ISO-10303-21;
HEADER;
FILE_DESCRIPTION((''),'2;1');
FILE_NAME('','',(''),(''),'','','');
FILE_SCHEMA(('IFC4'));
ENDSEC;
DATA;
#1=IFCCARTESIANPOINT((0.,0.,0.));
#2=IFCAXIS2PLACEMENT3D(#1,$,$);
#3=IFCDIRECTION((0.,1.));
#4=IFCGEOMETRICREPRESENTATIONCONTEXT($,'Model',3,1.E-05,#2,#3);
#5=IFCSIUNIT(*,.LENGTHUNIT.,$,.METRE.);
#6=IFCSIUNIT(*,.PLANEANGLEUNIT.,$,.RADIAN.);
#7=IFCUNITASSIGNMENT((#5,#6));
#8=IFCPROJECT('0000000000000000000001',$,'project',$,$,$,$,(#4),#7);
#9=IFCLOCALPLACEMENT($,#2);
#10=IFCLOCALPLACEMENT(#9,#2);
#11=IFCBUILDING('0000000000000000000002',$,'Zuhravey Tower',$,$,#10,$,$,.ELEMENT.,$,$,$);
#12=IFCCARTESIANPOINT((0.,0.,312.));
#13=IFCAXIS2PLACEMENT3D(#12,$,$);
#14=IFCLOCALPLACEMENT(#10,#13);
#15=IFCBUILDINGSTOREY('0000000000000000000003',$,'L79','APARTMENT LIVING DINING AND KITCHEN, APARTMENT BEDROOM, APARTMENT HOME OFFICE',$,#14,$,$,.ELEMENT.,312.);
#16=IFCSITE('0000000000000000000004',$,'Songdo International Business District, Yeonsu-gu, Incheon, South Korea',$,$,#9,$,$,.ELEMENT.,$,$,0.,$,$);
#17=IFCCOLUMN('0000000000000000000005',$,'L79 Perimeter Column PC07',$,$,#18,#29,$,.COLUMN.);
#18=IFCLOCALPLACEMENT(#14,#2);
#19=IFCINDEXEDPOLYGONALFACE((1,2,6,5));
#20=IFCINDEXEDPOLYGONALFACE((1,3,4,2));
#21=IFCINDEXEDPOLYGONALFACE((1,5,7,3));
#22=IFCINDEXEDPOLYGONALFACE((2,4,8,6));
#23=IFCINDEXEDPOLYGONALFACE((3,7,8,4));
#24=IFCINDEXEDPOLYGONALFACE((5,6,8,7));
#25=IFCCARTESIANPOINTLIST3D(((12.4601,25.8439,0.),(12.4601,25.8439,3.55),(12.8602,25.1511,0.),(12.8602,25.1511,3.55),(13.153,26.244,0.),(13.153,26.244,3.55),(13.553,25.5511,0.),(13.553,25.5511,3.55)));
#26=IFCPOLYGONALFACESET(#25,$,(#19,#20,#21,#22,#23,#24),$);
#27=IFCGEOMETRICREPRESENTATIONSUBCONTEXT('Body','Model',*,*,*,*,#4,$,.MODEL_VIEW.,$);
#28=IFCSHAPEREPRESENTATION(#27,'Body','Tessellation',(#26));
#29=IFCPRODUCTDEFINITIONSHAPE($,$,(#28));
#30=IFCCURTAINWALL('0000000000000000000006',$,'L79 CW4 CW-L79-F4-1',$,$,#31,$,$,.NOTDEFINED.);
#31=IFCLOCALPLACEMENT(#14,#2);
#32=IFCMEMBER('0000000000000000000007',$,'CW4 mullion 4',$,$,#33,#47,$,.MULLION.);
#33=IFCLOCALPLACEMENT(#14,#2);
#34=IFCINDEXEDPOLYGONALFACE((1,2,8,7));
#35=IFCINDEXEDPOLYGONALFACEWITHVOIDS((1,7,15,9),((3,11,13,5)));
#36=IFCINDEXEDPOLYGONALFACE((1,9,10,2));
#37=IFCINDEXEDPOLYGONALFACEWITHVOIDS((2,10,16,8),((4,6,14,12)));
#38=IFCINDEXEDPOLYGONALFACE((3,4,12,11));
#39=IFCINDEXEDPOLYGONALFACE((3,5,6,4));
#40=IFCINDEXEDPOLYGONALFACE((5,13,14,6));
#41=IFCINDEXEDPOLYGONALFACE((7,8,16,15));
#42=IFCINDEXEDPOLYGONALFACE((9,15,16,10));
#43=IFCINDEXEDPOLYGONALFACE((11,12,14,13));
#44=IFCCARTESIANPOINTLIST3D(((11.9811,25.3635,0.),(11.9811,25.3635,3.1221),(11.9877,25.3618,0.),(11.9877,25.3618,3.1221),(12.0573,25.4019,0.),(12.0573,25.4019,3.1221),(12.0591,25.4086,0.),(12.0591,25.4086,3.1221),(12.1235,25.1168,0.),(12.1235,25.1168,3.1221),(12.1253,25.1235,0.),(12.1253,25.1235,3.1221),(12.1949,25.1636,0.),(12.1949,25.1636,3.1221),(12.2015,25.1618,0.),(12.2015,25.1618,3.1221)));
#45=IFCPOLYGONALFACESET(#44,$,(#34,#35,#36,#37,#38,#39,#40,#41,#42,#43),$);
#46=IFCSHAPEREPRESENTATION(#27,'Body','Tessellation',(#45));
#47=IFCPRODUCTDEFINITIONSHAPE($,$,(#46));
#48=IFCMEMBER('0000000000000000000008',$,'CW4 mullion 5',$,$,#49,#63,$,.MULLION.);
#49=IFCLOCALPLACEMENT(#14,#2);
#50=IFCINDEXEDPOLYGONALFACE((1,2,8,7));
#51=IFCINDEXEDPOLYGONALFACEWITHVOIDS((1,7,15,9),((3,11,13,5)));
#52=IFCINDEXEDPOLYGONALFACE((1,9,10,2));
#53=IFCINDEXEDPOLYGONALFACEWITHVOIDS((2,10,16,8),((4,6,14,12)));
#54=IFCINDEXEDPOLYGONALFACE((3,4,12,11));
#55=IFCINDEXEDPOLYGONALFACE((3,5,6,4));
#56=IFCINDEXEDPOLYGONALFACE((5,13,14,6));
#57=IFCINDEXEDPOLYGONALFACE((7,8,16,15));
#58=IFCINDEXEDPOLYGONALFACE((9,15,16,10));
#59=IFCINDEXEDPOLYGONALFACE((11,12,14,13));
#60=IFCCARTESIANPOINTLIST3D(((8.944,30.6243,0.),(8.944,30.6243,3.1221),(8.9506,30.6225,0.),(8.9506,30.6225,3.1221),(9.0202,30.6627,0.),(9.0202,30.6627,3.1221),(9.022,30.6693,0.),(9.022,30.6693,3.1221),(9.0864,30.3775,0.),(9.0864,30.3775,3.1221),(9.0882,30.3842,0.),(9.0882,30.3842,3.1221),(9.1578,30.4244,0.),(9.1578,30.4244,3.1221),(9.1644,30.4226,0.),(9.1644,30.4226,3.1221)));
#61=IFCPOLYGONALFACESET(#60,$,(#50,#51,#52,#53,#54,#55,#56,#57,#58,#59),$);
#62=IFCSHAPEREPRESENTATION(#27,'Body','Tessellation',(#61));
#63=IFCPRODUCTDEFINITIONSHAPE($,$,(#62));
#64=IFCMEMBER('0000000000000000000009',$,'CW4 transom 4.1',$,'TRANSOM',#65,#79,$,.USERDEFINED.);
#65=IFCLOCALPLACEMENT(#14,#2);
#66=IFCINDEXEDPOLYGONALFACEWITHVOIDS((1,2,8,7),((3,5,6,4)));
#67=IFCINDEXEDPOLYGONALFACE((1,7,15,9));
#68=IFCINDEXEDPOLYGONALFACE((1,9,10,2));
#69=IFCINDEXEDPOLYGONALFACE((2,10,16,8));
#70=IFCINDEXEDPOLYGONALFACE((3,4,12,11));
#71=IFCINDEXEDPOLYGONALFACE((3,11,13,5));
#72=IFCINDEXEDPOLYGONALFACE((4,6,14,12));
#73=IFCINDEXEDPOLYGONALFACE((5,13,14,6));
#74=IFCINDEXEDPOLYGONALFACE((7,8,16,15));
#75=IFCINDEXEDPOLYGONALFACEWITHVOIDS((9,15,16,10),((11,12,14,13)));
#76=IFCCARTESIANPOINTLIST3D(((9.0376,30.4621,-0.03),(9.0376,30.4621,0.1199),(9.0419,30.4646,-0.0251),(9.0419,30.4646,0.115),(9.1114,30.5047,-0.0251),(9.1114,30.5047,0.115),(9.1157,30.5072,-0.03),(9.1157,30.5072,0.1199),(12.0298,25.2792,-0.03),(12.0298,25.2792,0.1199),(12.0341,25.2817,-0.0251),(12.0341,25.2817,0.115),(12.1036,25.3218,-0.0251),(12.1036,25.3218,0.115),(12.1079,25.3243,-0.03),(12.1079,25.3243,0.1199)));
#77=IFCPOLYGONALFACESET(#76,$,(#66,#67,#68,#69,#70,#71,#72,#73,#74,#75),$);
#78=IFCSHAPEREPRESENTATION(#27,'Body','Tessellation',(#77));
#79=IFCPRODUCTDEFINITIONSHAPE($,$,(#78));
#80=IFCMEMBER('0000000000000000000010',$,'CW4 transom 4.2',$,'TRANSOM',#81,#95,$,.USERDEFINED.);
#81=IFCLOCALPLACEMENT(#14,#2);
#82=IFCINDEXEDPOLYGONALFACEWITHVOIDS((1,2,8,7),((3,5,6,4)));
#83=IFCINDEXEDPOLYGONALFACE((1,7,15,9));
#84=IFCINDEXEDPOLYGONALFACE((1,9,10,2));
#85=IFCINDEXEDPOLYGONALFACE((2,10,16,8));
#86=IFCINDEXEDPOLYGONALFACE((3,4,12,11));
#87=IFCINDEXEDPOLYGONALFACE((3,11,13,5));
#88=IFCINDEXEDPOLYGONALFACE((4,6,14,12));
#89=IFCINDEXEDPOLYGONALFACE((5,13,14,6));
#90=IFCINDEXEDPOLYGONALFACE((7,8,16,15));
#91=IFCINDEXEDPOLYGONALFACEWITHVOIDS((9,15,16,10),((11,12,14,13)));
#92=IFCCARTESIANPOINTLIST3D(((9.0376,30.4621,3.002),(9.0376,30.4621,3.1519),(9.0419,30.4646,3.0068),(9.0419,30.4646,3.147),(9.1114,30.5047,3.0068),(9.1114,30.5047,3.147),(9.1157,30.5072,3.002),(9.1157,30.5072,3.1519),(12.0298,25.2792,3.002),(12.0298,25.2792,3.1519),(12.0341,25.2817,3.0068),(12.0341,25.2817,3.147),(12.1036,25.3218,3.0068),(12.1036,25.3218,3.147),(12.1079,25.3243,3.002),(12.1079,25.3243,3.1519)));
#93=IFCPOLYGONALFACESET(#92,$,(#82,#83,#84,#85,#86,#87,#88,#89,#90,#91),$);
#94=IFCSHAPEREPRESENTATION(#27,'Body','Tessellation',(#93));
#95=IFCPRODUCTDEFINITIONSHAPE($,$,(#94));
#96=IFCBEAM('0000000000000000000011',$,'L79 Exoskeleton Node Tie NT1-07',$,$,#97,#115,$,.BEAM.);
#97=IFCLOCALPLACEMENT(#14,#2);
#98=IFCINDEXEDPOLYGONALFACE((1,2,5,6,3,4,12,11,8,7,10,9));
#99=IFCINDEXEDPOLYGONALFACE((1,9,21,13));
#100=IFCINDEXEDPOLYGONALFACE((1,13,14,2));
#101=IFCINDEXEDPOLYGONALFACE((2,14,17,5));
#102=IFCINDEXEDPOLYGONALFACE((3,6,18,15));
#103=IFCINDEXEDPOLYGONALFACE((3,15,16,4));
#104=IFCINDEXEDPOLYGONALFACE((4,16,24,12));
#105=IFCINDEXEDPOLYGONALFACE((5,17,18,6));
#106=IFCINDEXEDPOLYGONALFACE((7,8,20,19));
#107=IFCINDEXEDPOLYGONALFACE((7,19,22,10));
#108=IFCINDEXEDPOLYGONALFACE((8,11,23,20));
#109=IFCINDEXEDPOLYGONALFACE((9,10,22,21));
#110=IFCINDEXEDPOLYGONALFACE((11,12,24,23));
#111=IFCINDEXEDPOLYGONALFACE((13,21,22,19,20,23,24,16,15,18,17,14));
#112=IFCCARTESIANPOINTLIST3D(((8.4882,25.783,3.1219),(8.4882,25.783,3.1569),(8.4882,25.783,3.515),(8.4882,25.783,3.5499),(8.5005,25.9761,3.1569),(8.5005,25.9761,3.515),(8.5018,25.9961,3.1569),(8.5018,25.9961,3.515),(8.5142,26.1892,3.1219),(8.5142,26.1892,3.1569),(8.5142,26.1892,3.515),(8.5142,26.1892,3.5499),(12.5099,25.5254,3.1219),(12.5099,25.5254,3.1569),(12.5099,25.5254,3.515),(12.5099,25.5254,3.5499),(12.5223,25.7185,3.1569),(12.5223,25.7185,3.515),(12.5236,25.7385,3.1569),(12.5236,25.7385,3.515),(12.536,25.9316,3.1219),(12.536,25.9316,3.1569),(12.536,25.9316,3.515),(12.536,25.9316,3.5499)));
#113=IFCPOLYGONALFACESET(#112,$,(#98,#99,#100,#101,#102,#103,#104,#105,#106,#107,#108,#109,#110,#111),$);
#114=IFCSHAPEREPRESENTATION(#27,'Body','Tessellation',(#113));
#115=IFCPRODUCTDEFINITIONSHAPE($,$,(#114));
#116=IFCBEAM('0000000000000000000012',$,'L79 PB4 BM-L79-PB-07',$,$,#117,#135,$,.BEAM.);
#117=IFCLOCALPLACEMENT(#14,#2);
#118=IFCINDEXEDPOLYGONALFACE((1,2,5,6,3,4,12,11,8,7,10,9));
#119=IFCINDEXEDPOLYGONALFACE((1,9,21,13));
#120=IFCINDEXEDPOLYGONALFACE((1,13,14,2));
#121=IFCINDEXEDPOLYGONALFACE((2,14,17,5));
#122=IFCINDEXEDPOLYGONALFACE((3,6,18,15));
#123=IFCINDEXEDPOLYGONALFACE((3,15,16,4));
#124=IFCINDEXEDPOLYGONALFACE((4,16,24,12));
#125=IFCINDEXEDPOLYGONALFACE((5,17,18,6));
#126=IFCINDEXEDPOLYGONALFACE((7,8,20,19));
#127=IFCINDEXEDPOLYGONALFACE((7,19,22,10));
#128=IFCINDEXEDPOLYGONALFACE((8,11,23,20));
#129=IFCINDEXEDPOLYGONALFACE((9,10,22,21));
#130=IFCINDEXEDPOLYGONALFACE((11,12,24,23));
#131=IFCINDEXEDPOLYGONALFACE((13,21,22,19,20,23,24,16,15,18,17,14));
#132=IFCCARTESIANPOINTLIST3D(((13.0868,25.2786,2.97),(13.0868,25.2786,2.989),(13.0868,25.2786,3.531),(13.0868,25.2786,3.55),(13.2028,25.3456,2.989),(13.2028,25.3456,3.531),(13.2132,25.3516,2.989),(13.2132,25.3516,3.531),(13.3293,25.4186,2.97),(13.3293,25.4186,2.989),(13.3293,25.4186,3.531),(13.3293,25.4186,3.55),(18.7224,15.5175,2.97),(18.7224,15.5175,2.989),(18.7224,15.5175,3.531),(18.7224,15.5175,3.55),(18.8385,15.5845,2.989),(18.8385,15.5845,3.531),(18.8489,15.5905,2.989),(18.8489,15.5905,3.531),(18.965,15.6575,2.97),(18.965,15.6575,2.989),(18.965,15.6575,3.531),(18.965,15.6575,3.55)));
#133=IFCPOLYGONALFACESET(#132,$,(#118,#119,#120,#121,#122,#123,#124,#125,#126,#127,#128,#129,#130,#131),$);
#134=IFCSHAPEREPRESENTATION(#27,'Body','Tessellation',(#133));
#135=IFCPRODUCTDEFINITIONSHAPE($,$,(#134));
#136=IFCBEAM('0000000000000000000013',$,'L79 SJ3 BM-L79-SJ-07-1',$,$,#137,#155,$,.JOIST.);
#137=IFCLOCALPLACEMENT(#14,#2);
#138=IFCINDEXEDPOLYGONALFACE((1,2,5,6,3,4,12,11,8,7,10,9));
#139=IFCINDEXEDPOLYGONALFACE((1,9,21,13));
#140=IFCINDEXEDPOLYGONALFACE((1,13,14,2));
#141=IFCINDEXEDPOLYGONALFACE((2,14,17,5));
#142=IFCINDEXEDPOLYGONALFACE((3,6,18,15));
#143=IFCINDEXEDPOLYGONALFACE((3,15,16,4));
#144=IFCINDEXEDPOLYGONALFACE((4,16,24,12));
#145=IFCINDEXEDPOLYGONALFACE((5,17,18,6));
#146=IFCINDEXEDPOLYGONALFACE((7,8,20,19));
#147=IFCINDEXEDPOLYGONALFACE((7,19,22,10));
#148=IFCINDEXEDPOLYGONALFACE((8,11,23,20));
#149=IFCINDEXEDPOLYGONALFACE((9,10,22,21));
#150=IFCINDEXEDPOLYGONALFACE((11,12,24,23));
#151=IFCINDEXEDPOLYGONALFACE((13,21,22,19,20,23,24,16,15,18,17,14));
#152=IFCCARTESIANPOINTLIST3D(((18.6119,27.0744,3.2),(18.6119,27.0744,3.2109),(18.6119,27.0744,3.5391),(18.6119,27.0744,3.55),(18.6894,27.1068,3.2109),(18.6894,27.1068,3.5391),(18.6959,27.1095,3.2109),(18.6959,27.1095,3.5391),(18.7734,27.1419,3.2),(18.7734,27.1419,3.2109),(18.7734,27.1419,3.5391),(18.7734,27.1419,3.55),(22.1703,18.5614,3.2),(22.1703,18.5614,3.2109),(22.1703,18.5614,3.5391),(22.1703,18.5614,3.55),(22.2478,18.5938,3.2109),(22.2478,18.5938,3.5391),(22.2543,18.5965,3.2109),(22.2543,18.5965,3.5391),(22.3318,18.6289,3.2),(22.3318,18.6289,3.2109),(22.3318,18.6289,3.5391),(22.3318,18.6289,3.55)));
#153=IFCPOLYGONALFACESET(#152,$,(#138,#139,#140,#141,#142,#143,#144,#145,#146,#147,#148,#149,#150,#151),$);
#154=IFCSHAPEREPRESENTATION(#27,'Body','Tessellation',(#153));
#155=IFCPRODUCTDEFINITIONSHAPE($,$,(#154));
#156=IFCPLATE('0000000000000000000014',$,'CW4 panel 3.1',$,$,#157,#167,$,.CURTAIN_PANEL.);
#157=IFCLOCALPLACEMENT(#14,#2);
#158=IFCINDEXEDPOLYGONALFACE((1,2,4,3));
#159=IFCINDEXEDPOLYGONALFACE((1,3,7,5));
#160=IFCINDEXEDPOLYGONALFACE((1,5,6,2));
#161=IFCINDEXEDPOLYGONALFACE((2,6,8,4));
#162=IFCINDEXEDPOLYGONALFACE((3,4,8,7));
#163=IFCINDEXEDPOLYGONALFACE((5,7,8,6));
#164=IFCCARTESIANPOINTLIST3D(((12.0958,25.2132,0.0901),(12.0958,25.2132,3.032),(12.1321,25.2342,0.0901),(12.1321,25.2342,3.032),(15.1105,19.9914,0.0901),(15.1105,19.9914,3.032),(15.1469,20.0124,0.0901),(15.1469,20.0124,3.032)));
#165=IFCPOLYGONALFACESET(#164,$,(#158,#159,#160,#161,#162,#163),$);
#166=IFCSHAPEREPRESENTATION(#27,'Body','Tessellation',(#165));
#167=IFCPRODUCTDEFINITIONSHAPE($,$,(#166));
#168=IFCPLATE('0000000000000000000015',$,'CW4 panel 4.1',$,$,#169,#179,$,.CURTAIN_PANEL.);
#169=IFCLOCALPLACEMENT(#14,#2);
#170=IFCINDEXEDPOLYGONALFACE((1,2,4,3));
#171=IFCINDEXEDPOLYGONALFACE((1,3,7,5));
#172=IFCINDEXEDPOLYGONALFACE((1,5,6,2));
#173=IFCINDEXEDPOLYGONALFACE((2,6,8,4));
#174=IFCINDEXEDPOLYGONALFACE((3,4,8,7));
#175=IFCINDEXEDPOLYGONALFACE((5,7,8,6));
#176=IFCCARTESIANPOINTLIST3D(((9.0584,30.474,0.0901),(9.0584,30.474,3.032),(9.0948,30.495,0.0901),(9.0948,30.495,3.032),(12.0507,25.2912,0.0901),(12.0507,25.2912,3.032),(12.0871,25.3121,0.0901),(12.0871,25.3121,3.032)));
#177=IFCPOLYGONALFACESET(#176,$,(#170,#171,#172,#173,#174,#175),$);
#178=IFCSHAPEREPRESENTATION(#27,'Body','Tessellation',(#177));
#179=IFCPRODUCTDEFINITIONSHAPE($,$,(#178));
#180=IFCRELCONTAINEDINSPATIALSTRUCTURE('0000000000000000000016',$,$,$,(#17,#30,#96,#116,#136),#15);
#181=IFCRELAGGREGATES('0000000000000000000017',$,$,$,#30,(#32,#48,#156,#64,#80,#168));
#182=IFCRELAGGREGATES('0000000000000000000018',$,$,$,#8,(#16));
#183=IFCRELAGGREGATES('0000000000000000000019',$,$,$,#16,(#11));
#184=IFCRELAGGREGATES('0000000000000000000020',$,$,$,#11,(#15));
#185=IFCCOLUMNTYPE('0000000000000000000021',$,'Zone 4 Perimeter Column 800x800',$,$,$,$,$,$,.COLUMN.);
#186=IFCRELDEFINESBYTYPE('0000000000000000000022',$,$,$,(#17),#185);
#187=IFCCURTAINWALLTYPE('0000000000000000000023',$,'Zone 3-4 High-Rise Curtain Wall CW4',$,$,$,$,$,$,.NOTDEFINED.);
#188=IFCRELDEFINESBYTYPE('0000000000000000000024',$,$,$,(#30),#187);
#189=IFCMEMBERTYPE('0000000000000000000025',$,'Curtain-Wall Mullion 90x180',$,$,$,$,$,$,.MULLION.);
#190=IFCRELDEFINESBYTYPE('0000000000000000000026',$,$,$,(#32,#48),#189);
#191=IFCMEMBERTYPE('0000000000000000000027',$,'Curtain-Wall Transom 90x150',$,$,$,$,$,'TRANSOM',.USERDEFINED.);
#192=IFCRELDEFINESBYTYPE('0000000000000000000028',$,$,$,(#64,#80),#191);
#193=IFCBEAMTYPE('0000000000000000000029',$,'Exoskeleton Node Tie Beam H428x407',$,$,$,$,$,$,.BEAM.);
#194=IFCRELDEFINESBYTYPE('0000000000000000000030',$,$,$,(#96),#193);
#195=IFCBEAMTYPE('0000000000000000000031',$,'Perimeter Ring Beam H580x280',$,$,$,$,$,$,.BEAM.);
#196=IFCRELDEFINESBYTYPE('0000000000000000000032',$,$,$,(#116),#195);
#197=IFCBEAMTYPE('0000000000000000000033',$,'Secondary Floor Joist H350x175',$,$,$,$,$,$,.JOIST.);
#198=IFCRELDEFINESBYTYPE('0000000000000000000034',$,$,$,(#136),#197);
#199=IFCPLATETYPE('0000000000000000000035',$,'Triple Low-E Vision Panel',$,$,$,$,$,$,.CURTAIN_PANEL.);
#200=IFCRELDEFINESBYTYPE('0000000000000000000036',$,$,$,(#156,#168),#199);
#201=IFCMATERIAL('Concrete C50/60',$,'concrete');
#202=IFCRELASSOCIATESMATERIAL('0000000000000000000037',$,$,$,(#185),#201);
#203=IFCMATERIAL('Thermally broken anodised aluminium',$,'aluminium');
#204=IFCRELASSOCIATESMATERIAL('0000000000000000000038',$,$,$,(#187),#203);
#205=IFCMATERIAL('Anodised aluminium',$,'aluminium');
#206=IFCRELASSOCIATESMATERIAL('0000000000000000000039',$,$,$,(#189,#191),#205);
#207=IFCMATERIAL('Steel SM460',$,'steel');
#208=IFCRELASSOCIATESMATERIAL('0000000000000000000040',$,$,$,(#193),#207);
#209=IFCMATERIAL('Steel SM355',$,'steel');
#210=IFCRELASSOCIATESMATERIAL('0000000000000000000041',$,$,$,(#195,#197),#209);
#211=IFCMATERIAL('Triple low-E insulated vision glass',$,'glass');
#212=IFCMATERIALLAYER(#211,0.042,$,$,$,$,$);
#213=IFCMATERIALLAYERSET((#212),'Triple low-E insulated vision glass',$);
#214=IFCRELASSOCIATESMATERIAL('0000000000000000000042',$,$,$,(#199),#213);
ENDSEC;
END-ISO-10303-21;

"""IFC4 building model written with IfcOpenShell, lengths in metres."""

from ifc_helpers import new_model, si_unit, direction, frame, origin, origin_2d, place, context, subcontext, project, spatial, rectangle, hollow_rectangle, i_section, extrude, material, layer, layer_set, material_profile, profile_set, type_object, element, aggregate, save


model = new_model("IFC4")

# Units and contexts
model_context = context("Model", 3, precision=1e-05, world=origin(), true_north=direction((0.0, 1.0)))
body_context = subcontext(model_context, "Body", "Model", "MODEL_VIEW")
ifc_project = project(units=[si_unit("LENGTHUNIT", "METRE"), si_unit("PLANEANGLEUNIT", "RADIAN")], contexts=[model_context])

# Site, building, storey
site_placement = place(None, origin())
site = spatial("IfcSite", under=ifc_project, at=site_placement, Name="Songdo International Business District, Yeonsu-gu, Incheon, South Korea", CompositionType="ELEMENT", RefElevation=0.0)
building_placement = place(site_placement, origin())
building = spatial("IfcBuilding", under=site, at=building_placement, Name="Zuhravey Tower", CompositionType="ELEMENT")
storey_placement = place(building_placement, frame((0.0, 0.0, 312.0)))
storey = spatial("IfcBuildingStorey", under=building, at=storey_placement, Name="L79", Description="APARTMENT LIVING DINING AND KITCHEN, APARTMENT BEDROOM, APARTMENT HOME OFFICE", CompositionType="ELEMENT", Elevation=312.0)

# Column
ifc_material_1 = material(Name="Concrete C50/60", Category="concrete")
ifc_material_profile_1 = material_profile(ifc_material_1, rectangle(XDim=0.8, YDim=0.8, at=origin_2d()), Name="RC-800x800")
ifc_profile_set_1 = profile_set([ifc_material_profile_1], Name="Concrete C50/60")
column_type = type_object("IfcColumnType", Name="Zone 4 Perimeter Column 800x800", PredefinedType="COLUMN", material=ifc_profile_set_1)
column_placement = place(storey_placement, frame((13.0066, 25.6975, 0.0), z_axis=(0.0, 0.0, 1.0), x_axis=(0.5, -0.866025, 0.0)))
element("IfcColumn", 1, at=column_placement, inside=storey, type_object=column_type, Name="L79 Perimeter Column PC07", PredefinedType="COLUMN", context=body_context, shape_type="SweptSolid", body=[
    extrude(rectangle(XDim=0.8, YDim=0.8, at=origin_2d()), origin(), (0.0, 0.0, 1.0), 3.55),
])

# Curtain wall, members
ifc_material_2 = material(Name="Thermally broken anodised aluminium", Category="aluminium")
curtain_wall_type = type_object("IfcCurtainWallType", Name="Zone 3-4 High-Rise Curtain Wall CW4", PredefinedType="NOTDEFINED", material=ifc_material_2)
curtain_wall_placement = place(storey_placement, origin())
curtain_wall = element("IfcCurtainWall", 2, at=curtain_wall_placement, inside=storey, type_object=curtain_wall_type, Name="L79 CW4 CW-L79-F4-1", PredefinedType="NOTDEFINED")
ifc_material_3 = material(Name="Anodised aluminium", Category="aluminium")
ifc_material_profile_2 = material_profile(ifc_material_3, hollow_rectangle(XDim=0.0901, YDim=0.2849, WallThickness=0.0049, at=origin_2d()), Name="ALU-RHS-90x285x5")
ifc_profile_set_2 = profile_set([ifc_material_profile_2], Name="Anodised aluminium")
member_type_1 = type_object("IfcMemberType", Name="Curtain-Wall Mullion 90x180", PredefinedType="MULLION", material=ifc_profile_set_2)
member_1_placement = place(storey_placement, frame((12.0913, 25.2627, 0.0), z_axis=(0.0, 0.0, 1.0), x_axis=(-0.866026, -0.5, 0.0)))
member_1 = element("IfcMember", 3, at=member_1_placement, type_object=member_type_1, Name="CW4 mullion 4", PredefinedType="MULLION", context=body_context, shape_type="SweptSolid", body=[
    extrude(hollow_rectangle(XDim=0.0901, YDim=0.2849, WallThickness=0.0049, at=origin_2d()), origin(), (0.0, 0.0, 1.0), 3.1221),
])
member_2_placement = place(storey_placement, frame((9.0542, 30.5234, 0.0), z_axis=(0.0, 0.0, 1.0), x_axis=(-0.866026, -0.5, 0.0)))
member_2 = element("IfcMember", 4, at=member_2_placement, type_object=member_type_1, Name="CW4 mullion 5", PredefinedType="MULLION", context=body_context, shape_type="SweptSolid", body=[
    extrude(hollow_rectangle(XDim=0.0901, YDim=0.2849, WallThickness=0.0049, at=origin_2d()), origin(), (0.0, 0.0, 1.0), 3.1221),
])
ifc_material_profile_3 = material_profile(ifc_material_3, hollow_rectangle(XDim=0.0901, YDim=0.1499, WallThickness=0.0049, at=origin_2d()), Name="ALU-RHS-90x150x5")
ifc_profile_set_3 = profile_set([ifc_material_profile_3], Name="Anodised aluminium")
member_type_2 = type_object("IfcMemberType", Name="Curtain-Wall Transom 90x150", ElementType="TRANSOM", PredefinedType="USERDEFINED", material=ifc_profile_set_3)
member_3_placement = place(storey_placement, frame((12.0688, 25.3018, 0.0449), z_axis=(-0.499983, 0.866035, 0.0), x_axis=(-0.866035, -0.499983, 0.0)))
member_3 = element("IfcMember", 5, at=member_3_placement, type_object=member_type_2, Name="CW4 transom 4.1", ObjectType="TRANSOM", PredefinedType="USERDEFINED", context=body_context, shape_type="SweptSolid", body=[
    extrude(hollow_rectangle(XDim=0.0901, YDim=0.1499, WallThickness=0.0049, at=origin_2d()), origin(), (0.0, 0.0, 1.0), 5.9846),
])
member_4_placement = place(storey_placement, frame((12.0688, 25.3018, 3.0769), z_axis=(-0.499983, 0.866035, 0.0), x_axis=(-0.866035, -0.499983, 0.0)))
member_4 = element("IfcMember", 6, at=member_4_placement, type_object=member_type_2, Name="CW4 transom 4.2", ObjectType="TRANSOM", PredefinedType="USERDEFINED", context=body_context, shape_type="SweptSolid", body=[
    extrude(hollow_rectangle(XDim=0.0901, YDim=0.1499, WallThickness=0.0049, at=origin_2d()), origin(), (0.0, 0.0, 1.0), 5.9846),
])

# Beams
ifc_material_4 = material(Name="Steel SM460", Category="steel")
ifc_material_profile_4 = material_profile(ifc_material_4, i_section(OverallWidth=0.407, OverallDepth=0.428, WebThickness=0.02, FlangeThickness=0.0349, at=origin_2d()), Name="H-428x407x20x35")
ifc_profile_set_4 = profile_set([ifc_material_profile_4], Name="Steel SM460")
beam_type_1 = type_object("IfcBeamType", Name="Exoskeleton Node Tie Beam H428x407", PredefinedType="BEAM", material=ifc_profile_set_4)
beam_1_placement = place(storey_placement, frame((12.5229, 25.7285, 3.3359), z_axis=(-0.997955, 0.063913, 0.0), x_axis=(-0.063913, -0.997955, 0.0)))
element("IfcBeam", 7, at=beam_1_placement, inside=storey, type_object=beam_type_1, Name="L79 Exoskeleton Node Tie NT1-07", PredefinedType="BEAM", context=body_context, shape_type="SweptSolid", body=[
    extrude(i_section(OverallWidth=0.407, OverallDepth=0.428, WebThickness=0.02, FlangeThickness=0.0349, at=origin_2d()), origin(), (0.0, 0.0, 1.0), 4.03),
])
ifc_material_5 = material(Name="Steel SM355", Category="steel")
ifc_material_profile_5 = material_profile(ifc_material_5, i_section(OverallWidth=0.28, OverallDepth=0.5801, WebThickness=0.012, FlangeThickness=0.019, at=origin_2d()), Name="H-580x280x12x19")
ifc_profile_set_5 = profile_set([ifc_material_profile_5], Name="Steel SM355")
beam_type_2 = type_object("IfcBeamType", Name="Perimeter Ring Beam H580x280", PredefinedType="BEAM", material=ifc_profile_set_5)
beam_2_placement = place(storey_placement, frame((13.208, 25.3486, 3.26), z_axis=(0.500006, -0.866022, 0.0), x_axis=(0.866022, 0.500006, 0.0)))
element("IfcBeam", 8, at=beam_2_placement, inside=storey, type_object=beam_type_2, Name="L79 PB4 BM-L79-PB-07", PredefinedType="BEAM", context=body_context, shape_type="SweptSolid", body=[
    extrude(i_section(OverallWidth=0.28, OverallDepth=0.5801, WebThickness=0.012, FlangeThickness=0.019, at=origin_2d()), origin(), (0.0, 0.0, 1.0), 11.2712),
])
ifc_material_profile_6 = material_profile(ifc_material_5, i_section(OverallWidth=0.175, OverallDepth=0.3501, WebThickness=0.0071, FlangeThickness=0.011, at=origin_2d()), Name="H-350x175x7x11")
ifc_profile_set_6 = profile_set([ifc_material_profile_6], Name="Steel SM355")
beam_type_3 = type_object("IfcBeamType", Name="Secondary Floor Joist H350x175", PredefinedType="JOIST", material=ifc_profile_set_6)
beam_3_placement = place(storey_placement, frame((18.6926, 27.1082, 3.375), z_axis=(0.385658, -0.922642, 0.0), x_axis=(0.922642, 0.385658, 0.0)))
element("IfcBeam", 9, at=beam_3_placement, inside=storey, type_object=beam_type_3, Name="L79 SJ3 BM-L79-SJ-07-1", PredefinedType="JOIST", context=body_context, shape_type="SweptSolid", body=[
    extrude(i_section(OverallWidth=0.175, OverallDepth=0.3501, WebThickness=0.0071, FlangeThickness=0.011, at=origin_2d()), origin(), (0.0, 0.0, 1.0), 9.2268),
])

# Plates
ifc_material_6 = material(Name="Triple low-E insulated vision glass", Category="glass")
ifc_layer_1 = layer(ifc_material_6, 0.042)
ifc_layer_set_1 = layer_set([ifc_layer_1], Name="Triple low-E insulated vision glass")
plate_type = type_object("IfcPlateType", Name="Triple Low-E Vision Panel", PredefinedType="CURTAIN_PANEL", material=ifc_layer_set_1)
plate_1_placement = place(storey_placement, frame((13.6213, 22.6128, 0.0901), z_axis=(0.0, 0.0, 1.0), x_axis=(-0.5, 0.866026, 0.0)))
plate_1 = element("IfcPlate", 10, at=plate_1_placement, type_object=plate_type, Name="CW4 panel 3.1", PredefinedType="CURTAIN_PANEL", context=body_context, shape_type="SweptSolid", body=[
    extrude(rectangle(XDim=6.0295, YDim=0.042, at=origin_2d()), origin(), (0.0, 0.0, 1.0), 2.9419),
])
plate_2_placement = place(storey_placement, frame((10.5728, 27.8931, 0.0901), z_axis=(0.0, 0.0, 1.0), x_axis=(-0.5, 0.866026, 0.0)))
plate_2 = element("IfcPlate", 11, at=plate_2_placement, type_object=plate_type, Name="CW4 panel 4.1", PredefinedType="CURTAIN_PANEL", context=body_context, shape_type="SweptSolid", body=[
    extrude(rectangle(XDim=5.9846, YDim=0.042, at=origin_2d()), origin(), (0.0, 0.0, 1.0), 2.9419),
])
aggregate(curtain_wall, [member_1, member_2, plate_1, member_3, member_4, plate_2])

save(model, "model.ifc")
